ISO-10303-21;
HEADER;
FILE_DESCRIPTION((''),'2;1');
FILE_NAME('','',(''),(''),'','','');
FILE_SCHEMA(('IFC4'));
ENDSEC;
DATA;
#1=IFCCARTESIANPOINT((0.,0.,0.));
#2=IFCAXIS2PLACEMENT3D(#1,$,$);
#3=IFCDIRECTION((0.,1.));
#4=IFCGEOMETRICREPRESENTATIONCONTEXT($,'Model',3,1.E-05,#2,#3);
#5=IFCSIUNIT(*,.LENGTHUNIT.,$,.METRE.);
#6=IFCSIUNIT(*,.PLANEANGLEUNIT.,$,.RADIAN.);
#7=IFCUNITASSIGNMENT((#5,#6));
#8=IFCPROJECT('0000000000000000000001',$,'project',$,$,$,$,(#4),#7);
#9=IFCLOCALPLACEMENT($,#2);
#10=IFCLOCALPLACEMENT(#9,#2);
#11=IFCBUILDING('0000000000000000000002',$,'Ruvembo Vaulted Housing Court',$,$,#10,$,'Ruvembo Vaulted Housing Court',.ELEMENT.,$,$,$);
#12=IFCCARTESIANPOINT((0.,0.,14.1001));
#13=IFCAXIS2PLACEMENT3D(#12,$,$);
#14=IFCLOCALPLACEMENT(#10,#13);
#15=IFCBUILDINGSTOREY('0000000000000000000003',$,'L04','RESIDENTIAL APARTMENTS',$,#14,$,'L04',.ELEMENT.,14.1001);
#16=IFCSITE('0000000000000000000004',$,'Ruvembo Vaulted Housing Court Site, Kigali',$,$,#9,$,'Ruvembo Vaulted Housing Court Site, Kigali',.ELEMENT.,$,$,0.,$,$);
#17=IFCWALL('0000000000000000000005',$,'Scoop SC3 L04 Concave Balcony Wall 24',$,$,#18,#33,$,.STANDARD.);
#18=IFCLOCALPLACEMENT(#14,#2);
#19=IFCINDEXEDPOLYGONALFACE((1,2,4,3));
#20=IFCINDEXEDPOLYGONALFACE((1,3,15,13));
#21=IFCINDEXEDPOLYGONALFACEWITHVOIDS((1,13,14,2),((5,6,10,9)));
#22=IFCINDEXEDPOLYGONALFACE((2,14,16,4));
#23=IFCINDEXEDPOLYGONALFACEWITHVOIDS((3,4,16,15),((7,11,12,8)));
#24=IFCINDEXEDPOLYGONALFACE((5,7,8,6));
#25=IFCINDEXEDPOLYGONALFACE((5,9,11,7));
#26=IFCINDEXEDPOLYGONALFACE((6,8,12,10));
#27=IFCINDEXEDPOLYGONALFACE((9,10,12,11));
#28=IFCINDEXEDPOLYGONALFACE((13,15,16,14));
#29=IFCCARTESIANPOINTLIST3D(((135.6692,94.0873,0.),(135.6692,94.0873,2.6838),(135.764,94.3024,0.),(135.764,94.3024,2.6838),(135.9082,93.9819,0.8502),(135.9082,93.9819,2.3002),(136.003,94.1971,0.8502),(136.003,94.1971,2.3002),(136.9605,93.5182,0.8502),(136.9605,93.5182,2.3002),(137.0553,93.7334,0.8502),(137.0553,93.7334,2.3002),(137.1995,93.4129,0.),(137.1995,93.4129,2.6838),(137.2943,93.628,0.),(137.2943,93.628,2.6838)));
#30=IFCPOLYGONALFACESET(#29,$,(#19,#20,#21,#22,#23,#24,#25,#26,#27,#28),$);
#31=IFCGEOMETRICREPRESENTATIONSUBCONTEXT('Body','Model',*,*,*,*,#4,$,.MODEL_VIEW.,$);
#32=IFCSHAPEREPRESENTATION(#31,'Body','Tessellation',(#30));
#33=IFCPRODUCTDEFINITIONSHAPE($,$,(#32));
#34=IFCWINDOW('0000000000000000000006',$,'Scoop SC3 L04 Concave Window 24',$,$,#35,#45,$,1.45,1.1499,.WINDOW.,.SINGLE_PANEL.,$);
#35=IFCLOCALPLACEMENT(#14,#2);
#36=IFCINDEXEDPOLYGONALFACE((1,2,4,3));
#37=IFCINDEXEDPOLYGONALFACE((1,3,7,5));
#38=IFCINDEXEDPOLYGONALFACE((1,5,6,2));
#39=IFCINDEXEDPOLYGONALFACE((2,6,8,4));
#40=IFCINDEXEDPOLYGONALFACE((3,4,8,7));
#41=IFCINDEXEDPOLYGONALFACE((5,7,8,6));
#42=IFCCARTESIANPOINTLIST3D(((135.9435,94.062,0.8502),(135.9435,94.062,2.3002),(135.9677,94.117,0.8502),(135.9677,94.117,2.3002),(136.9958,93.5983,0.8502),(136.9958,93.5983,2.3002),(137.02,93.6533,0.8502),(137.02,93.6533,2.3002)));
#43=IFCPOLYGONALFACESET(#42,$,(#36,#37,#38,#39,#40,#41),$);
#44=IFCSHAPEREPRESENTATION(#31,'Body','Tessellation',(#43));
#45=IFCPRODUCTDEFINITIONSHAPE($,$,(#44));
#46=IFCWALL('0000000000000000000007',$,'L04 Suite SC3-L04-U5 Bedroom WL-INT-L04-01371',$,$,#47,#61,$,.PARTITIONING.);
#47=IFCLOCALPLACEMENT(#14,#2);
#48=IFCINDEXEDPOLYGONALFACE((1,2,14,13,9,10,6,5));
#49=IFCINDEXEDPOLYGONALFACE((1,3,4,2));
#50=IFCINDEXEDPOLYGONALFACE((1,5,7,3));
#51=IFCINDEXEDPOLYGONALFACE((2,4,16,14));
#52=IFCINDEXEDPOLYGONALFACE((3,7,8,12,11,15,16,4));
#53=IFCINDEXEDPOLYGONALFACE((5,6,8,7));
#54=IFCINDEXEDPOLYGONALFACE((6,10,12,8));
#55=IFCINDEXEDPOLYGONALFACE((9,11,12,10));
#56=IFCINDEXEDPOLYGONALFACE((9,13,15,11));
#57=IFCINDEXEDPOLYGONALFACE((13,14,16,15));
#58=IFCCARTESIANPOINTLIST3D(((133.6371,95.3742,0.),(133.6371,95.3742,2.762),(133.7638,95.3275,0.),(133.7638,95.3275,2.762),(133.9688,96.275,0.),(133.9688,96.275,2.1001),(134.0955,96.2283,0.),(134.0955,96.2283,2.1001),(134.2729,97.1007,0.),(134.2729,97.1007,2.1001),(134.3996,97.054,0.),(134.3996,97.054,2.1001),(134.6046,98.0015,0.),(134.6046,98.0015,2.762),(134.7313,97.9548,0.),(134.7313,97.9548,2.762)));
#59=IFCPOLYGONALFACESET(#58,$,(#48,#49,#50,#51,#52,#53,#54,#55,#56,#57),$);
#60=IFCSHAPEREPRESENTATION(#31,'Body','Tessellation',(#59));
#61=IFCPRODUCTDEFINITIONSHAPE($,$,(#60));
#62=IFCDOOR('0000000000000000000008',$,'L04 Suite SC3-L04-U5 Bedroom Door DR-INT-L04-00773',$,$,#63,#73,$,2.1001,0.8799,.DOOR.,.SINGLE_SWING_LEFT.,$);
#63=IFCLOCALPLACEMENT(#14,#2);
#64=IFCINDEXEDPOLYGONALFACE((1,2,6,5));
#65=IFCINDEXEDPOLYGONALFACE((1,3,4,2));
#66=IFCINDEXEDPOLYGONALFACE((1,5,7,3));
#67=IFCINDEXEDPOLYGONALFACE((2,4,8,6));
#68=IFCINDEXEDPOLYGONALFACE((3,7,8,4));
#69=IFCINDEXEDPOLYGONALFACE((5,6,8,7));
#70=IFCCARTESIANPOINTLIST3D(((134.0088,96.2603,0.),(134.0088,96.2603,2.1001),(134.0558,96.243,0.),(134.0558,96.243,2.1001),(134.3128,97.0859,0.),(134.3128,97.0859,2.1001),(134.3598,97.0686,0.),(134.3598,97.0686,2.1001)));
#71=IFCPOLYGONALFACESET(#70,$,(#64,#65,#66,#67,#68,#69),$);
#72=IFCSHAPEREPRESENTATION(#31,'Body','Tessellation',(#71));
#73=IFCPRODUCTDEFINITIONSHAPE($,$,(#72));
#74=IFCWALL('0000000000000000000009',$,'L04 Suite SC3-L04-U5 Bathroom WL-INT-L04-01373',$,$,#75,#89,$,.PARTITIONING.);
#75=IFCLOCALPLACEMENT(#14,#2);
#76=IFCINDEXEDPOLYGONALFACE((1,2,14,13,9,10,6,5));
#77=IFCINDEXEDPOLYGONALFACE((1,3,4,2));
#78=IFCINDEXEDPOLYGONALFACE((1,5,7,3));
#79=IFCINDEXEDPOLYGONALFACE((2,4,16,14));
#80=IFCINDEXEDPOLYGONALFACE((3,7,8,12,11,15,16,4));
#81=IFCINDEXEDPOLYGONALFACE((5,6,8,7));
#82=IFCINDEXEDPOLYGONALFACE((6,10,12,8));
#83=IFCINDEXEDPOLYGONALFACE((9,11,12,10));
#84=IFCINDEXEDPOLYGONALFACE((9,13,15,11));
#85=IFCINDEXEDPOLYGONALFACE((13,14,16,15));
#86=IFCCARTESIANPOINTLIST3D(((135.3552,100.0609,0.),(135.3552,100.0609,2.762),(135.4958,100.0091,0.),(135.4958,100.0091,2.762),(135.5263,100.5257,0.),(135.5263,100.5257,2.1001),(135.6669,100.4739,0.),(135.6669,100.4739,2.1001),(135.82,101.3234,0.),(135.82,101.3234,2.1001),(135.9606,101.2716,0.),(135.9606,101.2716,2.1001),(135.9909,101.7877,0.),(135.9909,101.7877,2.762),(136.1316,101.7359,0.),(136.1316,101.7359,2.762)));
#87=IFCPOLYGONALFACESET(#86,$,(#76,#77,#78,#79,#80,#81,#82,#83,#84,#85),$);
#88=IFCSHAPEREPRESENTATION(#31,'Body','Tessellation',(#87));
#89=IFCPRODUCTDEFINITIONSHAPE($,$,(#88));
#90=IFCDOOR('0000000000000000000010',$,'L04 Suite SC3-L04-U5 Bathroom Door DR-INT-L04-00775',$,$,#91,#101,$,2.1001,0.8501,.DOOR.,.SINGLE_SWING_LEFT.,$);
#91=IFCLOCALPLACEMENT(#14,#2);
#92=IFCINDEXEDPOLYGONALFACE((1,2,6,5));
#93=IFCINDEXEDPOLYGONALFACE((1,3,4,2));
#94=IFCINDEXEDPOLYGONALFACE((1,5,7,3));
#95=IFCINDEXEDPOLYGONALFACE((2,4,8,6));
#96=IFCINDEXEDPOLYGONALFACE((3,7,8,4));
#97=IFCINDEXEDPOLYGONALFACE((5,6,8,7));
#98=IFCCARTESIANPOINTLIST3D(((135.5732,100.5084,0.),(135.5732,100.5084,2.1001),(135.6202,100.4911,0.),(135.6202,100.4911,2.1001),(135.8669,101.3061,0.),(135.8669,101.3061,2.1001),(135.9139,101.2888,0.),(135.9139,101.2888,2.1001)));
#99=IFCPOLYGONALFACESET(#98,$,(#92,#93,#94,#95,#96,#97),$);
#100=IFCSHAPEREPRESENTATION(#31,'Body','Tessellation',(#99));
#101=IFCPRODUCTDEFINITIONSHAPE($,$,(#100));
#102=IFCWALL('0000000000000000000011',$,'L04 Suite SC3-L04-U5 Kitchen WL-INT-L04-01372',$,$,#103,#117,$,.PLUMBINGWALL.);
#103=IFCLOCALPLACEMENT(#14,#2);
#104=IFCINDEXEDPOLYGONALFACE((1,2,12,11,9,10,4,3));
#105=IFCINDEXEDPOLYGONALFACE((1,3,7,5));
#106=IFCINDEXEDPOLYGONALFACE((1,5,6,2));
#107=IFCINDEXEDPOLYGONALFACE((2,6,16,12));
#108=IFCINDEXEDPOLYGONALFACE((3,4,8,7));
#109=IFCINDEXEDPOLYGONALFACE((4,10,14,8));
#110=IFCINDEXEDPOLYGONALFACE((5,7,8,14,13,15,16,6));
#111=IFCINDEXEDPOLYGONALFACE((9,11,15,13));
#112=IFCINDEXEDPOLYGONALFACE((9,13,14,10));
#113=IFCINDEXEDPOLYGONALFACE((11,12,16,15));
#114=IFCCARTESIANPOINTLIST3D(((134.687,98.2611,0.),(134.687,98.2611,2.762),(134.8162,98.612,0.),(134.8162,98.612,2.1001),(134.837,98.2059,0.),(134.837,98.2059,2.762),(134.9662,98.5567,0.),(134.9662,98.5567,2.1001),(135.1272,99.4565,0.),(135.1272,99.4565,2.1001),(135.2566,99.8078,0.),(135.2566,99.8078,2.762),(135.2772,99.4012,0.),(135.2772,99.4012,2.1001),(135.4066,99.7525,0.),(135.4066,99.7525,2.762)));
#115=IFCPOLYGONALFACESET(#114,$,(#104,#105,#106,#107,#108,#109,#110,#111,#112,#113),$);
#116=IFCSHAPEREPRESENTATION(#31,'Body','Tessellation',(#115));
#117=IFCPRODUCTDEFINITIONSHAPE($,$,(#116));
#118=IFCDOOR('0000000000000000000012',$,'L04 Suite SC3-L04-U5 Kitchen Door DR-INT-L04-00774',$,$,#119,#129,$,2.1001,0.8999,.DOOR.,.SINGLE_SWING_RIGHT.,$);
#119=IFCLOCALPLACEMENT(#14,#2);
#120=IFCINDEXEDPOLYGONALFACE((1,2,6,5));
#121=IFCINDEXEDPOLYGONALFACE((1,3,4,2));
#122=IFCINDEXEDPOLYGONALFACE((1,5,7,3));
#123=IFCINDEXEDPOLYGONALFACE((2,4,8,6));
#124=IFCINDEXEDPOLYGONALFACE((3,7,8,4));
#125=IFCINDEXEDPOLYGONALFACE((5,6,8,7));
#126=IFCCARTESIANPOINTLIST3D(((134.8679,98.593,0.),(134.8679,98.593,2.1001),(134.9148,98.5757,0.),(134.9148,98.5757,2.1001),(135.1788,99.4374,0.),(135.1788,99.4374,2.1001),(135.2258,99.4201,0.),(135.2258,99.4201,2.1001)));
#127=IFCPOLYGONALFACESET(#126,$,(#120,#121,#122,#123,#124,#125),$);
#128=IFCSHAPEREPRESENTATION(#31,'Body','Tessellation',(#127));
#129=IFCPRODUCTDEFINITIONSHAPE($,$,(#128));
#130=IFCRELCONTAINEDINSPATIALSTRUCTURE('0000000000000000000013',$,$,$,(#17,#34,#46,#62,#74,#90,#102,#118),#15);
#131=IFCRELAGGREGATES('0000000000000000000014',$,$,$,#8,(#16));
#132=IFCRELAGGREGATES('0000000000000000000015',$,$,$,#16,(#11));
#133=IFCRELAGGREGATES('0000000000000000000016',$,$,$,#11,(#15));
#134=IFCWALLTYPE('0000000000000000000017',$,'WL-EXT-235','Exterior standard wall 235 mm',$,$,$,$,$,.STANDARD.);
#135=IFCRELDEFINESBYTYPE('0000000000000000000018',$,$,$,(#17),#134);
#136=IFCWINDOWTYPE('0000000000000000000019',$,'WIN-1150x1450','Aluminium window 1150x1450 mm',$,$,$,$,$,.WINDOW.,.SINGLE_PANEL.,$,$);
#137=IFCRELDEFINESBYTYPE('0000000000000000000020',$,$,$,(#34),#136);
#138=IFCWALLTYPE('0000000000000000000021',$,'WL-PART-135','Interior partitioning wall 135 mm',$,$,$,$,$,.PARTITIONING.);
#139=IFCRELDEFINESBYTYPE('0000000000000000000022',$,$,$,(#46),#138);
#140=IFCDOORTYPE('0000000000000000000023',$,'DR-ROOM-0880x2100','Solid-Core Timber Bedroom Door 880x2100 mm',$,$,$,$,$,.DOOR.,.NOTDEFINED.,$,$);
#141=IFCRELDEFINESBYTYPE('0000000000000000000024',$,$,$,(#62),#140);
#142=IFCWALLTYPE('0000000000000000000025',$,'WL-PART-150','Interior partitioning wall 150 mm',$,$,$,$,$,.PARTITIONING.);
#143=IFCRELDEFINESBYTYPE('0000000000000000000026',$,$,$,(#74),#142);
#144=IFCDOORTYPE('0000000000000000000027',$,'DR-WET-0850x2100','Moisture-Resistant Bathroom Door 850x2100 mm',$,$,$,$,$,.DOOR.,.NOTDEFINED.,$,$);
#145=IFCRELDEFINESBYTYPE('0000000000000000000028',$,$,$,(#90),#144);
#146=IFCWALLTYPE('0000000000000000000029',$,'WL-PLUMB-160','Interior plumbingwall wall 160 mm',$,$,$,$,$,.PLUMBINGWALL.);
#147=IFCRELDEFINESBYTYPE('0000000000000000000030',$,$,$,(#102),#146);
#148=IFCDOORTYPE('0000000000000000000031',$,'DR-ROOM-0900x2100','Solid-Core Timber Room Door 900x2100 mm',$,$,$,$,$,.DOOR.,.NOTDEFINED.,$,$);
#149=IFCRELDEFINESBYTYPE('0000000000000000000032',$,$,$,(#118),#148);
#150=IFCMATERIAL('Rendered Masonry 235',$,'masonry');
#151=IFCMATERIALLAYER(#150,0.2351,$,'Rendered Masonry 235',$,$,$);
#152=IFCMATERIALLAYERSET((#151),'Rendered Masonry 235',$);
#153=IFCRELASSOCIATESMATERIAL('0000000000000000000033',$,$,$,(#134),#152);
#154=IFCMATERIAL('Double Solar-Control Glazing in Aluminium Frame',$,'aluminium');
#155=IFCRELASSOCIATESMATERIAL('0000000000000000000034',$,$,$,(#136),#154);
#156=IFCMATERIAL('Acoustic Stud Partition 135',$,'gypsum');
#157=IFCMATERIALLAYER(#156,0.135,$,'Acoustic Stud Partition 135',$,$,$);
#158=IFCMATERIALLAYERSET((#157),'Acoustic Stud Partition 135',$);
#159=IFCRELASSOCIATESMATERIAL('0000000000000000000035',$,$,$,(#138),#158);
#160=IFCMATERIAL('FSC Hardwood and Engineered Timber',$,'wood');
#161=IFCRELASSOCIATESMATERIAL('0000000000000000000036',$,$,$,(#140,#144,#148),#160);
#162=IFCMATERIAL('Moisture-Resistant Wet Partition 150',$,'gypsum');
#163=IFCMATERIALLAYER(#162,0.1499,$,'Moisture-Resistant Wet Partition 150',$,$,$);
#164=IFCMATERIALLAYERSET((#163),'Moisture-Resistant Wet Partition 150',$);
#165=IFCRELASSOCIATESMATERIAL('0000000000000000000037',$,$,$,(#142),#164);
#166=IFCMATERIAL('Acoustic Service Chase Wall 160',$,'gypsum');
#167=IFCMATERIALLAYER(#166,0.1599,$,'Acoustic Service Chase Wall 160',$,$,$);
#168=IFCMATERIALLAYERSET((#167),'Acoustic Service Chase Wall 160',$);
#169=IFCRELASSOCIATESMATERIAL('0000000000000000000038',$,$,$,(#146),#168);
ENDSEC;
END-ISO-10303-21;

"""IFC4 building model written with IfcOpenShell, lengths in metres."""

from ifc_helpers import new_model, si_unit, direction, frame, frame_2d, origin, place, context, subcontext, project, spatial, rectangle, extrude, material, layer, layer_set, type_object, element, fill, save


model = new_model("IFC4")

# Units and contexts
model_context = context("Model", 3, precision=1e-05, world=origin(), true_north=direction((0.0, 1.0)))
body_context = subcontext(model_context, "Body", "Model", "MODEL_VIEW")
ifc_project = project(units=[si_unit("LENGTHUNIT", "METRE"), si_unit("PLANEANGLEUNIT", "RADIAN")], contexts=[model_context])

# Site, building, storey
site_placement = place(None, origin())
site = spatial("IfcSite", under=ifc_project, at=site_placement, Name="Ruvembo Vaulted Housing Court Site, Kigali", LongName="Ruvembo Vaulted Housing Court Site, Kigali", CompositionType="ELEMENT", RefElevation=0.0)
building_placement = place(site_placement, origin())
building = spatial("IfcBuilding", under=site, at=building_placement, Name="Ruvembo Vaulted Housing Court", LongName="Ruvembo Vaulted Housing Court", CompositionType="ELEMENT")
storey_placement = place(building_placement, frame((0.0, 0.0, 14.1001)))
storey = spatial("IfcBuildingStorey", under=building, at=storey_placement, Name="L04", Description="RESIDENTIAL APARTMENTS", LongName="L04", CompositionType="ELEMENT", Elevation=14.1001)

# Shared definitions
ifc_material_1 = material(Name="FSC Hardwood and Engineered Timber", Category="wood")

# Shared definitions
ifc_material_2 = material(Name="Rendered Masonry 235", Category="masonry")
ifc_layer_1 = layer(ifc_material_2, 0.2351, Name="Rendered Masonry 235")
ifc_layer_set_1 = layer_set([ifc_layer_1], Name="Rendered Masonry 235")
wall_type_1 = type_object("IfcWallType", Name="WL-EXT-235", Description="Exterior standard wall 235 mm", PredefinedType="STANDARD", material=ifc_layer_set_1)
ifc_material_3 = material(Name="Double Solar-Control Glazing in Aluminium Frame", Category="aluminium")

# Wall, opening, window
wall_1_placement = place(storey_placement, frame((135.7166, 94.1948, 0.0), z_axis=(0.0, 0.0, 1.0), x_axis=(0.915095, -0.403238, 0.0)))
wall_1 = element("IfcWall", 1, at=wall_1_placement, inside=storey, type_object=wall_type_1, Name="Scoop SC3 L04 Concave Balcony Wall 24", PredefinedType="STANDARD", context=body_context, shape_type="SweptSolid", body=[
    extrude(rectangle(XDim=1.6724, YDim=0.2351, at=frame_2d((0.8362, 0.0))), origin(), (0.0, 0.0, 1.0), 2.6838),
])
opening_1_placement = place(wall_1_placement, frame((0.2612, 0.0, 0.8501)))
opening_1 = element("IfcOpeningElement", 2, at=opening_1_placement, cuts=wall_1, PredefinedType="OPENING", context=body_context, shape_type="SweptSolid", body=[
    extrude(rectangle(XDim=1.1499, YDim=1.45, at=frame_2d((0.575, 0.7251))), frame((0.0, 0.1274, 0.0), z_axis=(0.0, -1.0, 0.0), x_axis=(1.0, 0.0, 0.0)), (0.0, 0.0, 1.0), 0.2551),
])
window_type_1 = type_object("IfcWindowType", Name="WIN-1150x1450", Description="Aluminium window 1150x1450 mm", PartitioningType="SINGLE_PANEL", PredefinedType="WINDOW", material=ifc_material_3)
window_1_placement = place(opening_1_placement, origin())
window_1 = element("IfcWindow", 3, at=window_1_placement, inside=storey, type_object=window_type_1, Name="Scoop SC3 L04 Concave Window 24", OverallHeight=1.45, OverallWidth=1.1499, PartitioningType="SINGLE_PANEL", PredefinedType="WINDOW", context=body_context, shape_type="SweptSolid", body=[
    extrude(rectangle(XDim=1.1499, YDim=1.45, at=frame_2d((0.575, 0.7251))), frame((0.0, 0.03, 0.0), z_axis=(0.0, -1.0, 0.0), x_axis=(1.0, 0.0, 0.0)), (0.0, 0.0, 1.0), 0.0601),
])
fill(opening_1, window_1)

# Walls, openings, doors
ifc_material_4 = material(Name="Acoustic Stud Partition 135", Category="gypsum")
ifc_layer_2 = layer(ifc_material_4, 0.135, Name="Acoustic Stud Partition 135")
ifc_layer_set_2 = layer_set([ifc_layer_2], Name="Acoustic Stud Partition 135")
wall_type_2 = type_object("IfcWallType", Name="WL-PART-135", Description="Interior partitioning wall 135 mm", PredefinedType="PARTITIONING", material=ifc_layer_set_2)
wall_2_placement = place(storey_placement, frame((133.7004, 95.3508, 0.0), z_axis=(0.0, 0.0, 1.0), x_axis=(0.345556, 0.938398, 0.0)))
wall_2 = element("IfcWall", 4, at=wall_2_placement, inside=storey, type_object=wall_type_2, Name="L04 Suite SC3-L04-U5 Bedroom WL-INT-L04-01371", PredefinedType="PARTITIONING", context=body_context, shape_type="SweptSolid", body=[
    extrude(rectangle(XDim=2.7998, YDim=0.135, at=frame_2d((1.3999, 0.0))), origin(), (0.0, 0.0, 1.0), 2.762),
])
opening_2_placement = place(wall_2_placement, frame((0.96, 0.0, 0.0)))
opening_2 = element("IfcOpeningElement", 5, at=opening_2_placement, cuts=wall_2, PredefinedType="OPENING", context=body_context, shape_type="SweptSolid", body=[
    extrude(rectangle(XDim=0.8799, YDim=2.1001, at=frame_2d((0.4399, 1.05))), frame((0.0, 0.0774, 0.0), z_axis=(0.0, -1.0, 0.0), x_axis=(1.0, 0.0, 0.0)), (0.0, 0.0, 1.0), 0.155),
])
door_type_1 = type_object("IfcDoorType", Name="DR-ROOM-0880x2100", Description="Solid-Core Timber Bedroom Door 880x2100 mm", OperationType="NOTDEFINED", PredefinedType="DOOR", material=ifc_material_1)
door_1_placement = place(opening_2_placement, origin())
door_1 = element("IfcDoor", 6, at=door_1_placement, inside=storey, type_object=door_type_1, Name="L04 Suite SC3-L04-U5 Bedroom Door DR-INT-L04-00773", OperationType="SINGLE_SWING_LEFT", OverallHeight=2.1001, OverallWidth=0.8799, PredefinedType="DOOR", context=body_context, shape_type="SweptSolid", body=[
    extrude(rectangle(XDim=0.8799, YDim=2.1001, at=frame_2d((0.4399, 1.05))), frame((0.0, 0.0249, 0.0), z_axis=(0.0, -1.0, 0.0), x_axis=(1.0, 0.0, 0.0)), (0.0, 0.0, 1.0), 0.05),
])
fill(opening_2, door_1)
ifc_material_5 = material(Name="Moisture-Resistant Wet Partition 150", Category="gypsum")
ifc_layer_3 = layer(ifc_material_5, 0.1499, Name="Moisture-Resistant Wet Partition 150")
ifc_layer_set_3 = layer_set([ifc_layer_3], Name="Moisture-Resistant Wet Partition 150")
wall_type_3 = type_object("IfcWallType", Name="WL-PART-150", Description="Interior partitioning wall 150 mm", PredefinedType="PARTITIONING", material=ifc_layer_set_3)
wall_3_placement = place(storey_placement, frame((135.4255, 100.0352, 0.0), z_axis=(0.0, 0.0, 1.0), x_axis=(0.34549, 0.938422, 0.0)))
wall_3 = element("IfcWall", 7, at=wall_3_placement, inside=storey, type_object=wall_type_3, Name="L04 Suite SC3-L04-U5 Bathroom WL-INT-L04-01373", PredefinedType="PARTITIONING", context=body_context, shape_type="SweptSolid", body=[
    extrude(rectangle(XDim=1.8401, YDim=0.1499, at=frame_2d((0.9199, 0.0))), origin(), (0.0, 0.0, 1.0), 2.762),
])
opening_3_placement = place(wall_3_placement, frame((0.4951, 0.0, 0.0)))
opening_3 = element("IfcOpeningElement", 8, at=opening_3_placement, cuts=wall_3, PredefinedType="OPENING", context=body_context, shape_type="SweptSolid", body=[
    extrude(rectangle(XDim=0.8501, YDim=2.1001, at=frame_2d((0.425, 1.05))), frame((0.0, 0.085, 0.0), z_axis=(0.0, -1.0, 0.0), x_axis=(1.0, 0.0, 0.0)), (0.0, 0.0, 1.0), 0.1699),
])
door_type_2 = type_object("IfcDoorType", Name="DR-WET-0850x2100", Description="Moisture-Resistant Bathroom Door 850x2100 mm", OperationType="NOTDEFINED", PredefinedType="DOOR", material=ifc_material_1)
door_2_placement = place(opening_3_placement, origin())
door_2 = element("IfcDoor", 9, at=door_2_placement, inside=storey, type_object=door_type_2, Name="L04 Suite SC3-L04-U5 Bathroom Door DR-INT-L04-00775", OperationType="SINGLE_SWING_LEFT", OverallHeight=2.1001, OverallWidth=0.8501, PredefinedType="DOOR", context=body_context, shape_type="SweptSolid", body=[
    extrude(rectangle(XDim=0.8501, YDim=2.1001, at=frame_2d((0.425, 1.05))), frame((0.0, 0.0249, 0.0), z_axis=(0.0, -1.0, 0.0), x_axis=(1.0, 0.0, 0.0)), (0.0, 0.0, 1.0), 0.05),
])
fill(opening_3, door_2)
ifc_material_6 = material(Name="Acoustic Service Chase Wall 160", Category="gypsum")
ifc_layer_4 = layer(ifc_material_6, 0.1599, Name="Acoustic Service Chase Wall 160")
ifc_layer_set_4 = layer_set([ifc_layer_4], Name="Acoustic Service Chase Wall 160")
wall_type_4 = type_object("IfcWallType", Name="WL-PLUMB-160", Description="Interior plumbingwall wall 160 mm", PredefinedType="PLUMBINGWALL", material=ifc_layer_set_4)
wall_4_placement = place(storey_placement, frame((134.762, 98.2334, 0.0), z_axis=(0.0, 0.0, 1.0), x_axis=(0.345582, 0.938389, 0.0)))
wall_4 = element("IfcWall", 10, at=wall_4_placement, inside=storey, type_object=wall_type_4, Name="L04 Suite SC3-L04-U5 Kitchen WL-INT-L04-01372", PredefinedType="PLUMBINGWALL", context=body_context, shape_type="SweptSolid", body=[
    extrude(rectangle(XDim=1.6482, YDim=0.1599, at=frame_2d((0.8242, 0.0))), origin(), (0.0, 0.0, 1.0), 2.762),
])
opening_4_placement = place(wall_4_placement, frame((0.374, 0.0, 0.0)))
opening_4 = element("IfcOpeningElement", 11, at=opening_4_placement, cuts=wall_4, PredefinedType="OPENING", context=body_context, shape_type="SweptSolid", body=[
    extrude(rectangle(XDim=0.8999, YDim=2.1001, at=frame_2d((0.45, 1.05))), frame((0.0, 0.0898, 0.0), z_axis=(0.0, -1.0, 0.0), x_axis=(1.0, 0.0, 0.0)), (0.0, 0.0, 1.0), 0.1799),
])
door_type_3 = type_object("IfcDoorType", Name="DR-ROOM-0900x2100", Description="Solid-Core Timber Room Door 900x2100 mm", OperationType="NOTDEFINED", PredefinedType="DOOR", material=ifc_material_1)
door_3_placement = place(opening_4_placement, origin())
door_3 = element("IfcDoor", 12, at=door_3_placement, inside=storey, type_object=door_type_3, Name="L04 Suite SC3-L04-U5 Kitchen Door DR-INT-L04-00774", OperationType="SINGLE_SWING_RIGHT", OverallHeight=2.1001, OverallWidth=0.8999, PredefinedType="DOOR", context=body_context, shape_type="SweptSolid", body=[
    extrude(rectangle(XDim=0.8999, YDim=2.1001, at=frame_2d((0.45, 1.05))), frame((0.0, 0.0249, 0.0), z_axis=(0.0, -1.0, 0.0), x_axis=(1.0, 0.0, 0.0)), (0.0, 0.0, 1.0), 0.05),
])
fill(opening_4, door_3)

save(model, "model.ifc")
